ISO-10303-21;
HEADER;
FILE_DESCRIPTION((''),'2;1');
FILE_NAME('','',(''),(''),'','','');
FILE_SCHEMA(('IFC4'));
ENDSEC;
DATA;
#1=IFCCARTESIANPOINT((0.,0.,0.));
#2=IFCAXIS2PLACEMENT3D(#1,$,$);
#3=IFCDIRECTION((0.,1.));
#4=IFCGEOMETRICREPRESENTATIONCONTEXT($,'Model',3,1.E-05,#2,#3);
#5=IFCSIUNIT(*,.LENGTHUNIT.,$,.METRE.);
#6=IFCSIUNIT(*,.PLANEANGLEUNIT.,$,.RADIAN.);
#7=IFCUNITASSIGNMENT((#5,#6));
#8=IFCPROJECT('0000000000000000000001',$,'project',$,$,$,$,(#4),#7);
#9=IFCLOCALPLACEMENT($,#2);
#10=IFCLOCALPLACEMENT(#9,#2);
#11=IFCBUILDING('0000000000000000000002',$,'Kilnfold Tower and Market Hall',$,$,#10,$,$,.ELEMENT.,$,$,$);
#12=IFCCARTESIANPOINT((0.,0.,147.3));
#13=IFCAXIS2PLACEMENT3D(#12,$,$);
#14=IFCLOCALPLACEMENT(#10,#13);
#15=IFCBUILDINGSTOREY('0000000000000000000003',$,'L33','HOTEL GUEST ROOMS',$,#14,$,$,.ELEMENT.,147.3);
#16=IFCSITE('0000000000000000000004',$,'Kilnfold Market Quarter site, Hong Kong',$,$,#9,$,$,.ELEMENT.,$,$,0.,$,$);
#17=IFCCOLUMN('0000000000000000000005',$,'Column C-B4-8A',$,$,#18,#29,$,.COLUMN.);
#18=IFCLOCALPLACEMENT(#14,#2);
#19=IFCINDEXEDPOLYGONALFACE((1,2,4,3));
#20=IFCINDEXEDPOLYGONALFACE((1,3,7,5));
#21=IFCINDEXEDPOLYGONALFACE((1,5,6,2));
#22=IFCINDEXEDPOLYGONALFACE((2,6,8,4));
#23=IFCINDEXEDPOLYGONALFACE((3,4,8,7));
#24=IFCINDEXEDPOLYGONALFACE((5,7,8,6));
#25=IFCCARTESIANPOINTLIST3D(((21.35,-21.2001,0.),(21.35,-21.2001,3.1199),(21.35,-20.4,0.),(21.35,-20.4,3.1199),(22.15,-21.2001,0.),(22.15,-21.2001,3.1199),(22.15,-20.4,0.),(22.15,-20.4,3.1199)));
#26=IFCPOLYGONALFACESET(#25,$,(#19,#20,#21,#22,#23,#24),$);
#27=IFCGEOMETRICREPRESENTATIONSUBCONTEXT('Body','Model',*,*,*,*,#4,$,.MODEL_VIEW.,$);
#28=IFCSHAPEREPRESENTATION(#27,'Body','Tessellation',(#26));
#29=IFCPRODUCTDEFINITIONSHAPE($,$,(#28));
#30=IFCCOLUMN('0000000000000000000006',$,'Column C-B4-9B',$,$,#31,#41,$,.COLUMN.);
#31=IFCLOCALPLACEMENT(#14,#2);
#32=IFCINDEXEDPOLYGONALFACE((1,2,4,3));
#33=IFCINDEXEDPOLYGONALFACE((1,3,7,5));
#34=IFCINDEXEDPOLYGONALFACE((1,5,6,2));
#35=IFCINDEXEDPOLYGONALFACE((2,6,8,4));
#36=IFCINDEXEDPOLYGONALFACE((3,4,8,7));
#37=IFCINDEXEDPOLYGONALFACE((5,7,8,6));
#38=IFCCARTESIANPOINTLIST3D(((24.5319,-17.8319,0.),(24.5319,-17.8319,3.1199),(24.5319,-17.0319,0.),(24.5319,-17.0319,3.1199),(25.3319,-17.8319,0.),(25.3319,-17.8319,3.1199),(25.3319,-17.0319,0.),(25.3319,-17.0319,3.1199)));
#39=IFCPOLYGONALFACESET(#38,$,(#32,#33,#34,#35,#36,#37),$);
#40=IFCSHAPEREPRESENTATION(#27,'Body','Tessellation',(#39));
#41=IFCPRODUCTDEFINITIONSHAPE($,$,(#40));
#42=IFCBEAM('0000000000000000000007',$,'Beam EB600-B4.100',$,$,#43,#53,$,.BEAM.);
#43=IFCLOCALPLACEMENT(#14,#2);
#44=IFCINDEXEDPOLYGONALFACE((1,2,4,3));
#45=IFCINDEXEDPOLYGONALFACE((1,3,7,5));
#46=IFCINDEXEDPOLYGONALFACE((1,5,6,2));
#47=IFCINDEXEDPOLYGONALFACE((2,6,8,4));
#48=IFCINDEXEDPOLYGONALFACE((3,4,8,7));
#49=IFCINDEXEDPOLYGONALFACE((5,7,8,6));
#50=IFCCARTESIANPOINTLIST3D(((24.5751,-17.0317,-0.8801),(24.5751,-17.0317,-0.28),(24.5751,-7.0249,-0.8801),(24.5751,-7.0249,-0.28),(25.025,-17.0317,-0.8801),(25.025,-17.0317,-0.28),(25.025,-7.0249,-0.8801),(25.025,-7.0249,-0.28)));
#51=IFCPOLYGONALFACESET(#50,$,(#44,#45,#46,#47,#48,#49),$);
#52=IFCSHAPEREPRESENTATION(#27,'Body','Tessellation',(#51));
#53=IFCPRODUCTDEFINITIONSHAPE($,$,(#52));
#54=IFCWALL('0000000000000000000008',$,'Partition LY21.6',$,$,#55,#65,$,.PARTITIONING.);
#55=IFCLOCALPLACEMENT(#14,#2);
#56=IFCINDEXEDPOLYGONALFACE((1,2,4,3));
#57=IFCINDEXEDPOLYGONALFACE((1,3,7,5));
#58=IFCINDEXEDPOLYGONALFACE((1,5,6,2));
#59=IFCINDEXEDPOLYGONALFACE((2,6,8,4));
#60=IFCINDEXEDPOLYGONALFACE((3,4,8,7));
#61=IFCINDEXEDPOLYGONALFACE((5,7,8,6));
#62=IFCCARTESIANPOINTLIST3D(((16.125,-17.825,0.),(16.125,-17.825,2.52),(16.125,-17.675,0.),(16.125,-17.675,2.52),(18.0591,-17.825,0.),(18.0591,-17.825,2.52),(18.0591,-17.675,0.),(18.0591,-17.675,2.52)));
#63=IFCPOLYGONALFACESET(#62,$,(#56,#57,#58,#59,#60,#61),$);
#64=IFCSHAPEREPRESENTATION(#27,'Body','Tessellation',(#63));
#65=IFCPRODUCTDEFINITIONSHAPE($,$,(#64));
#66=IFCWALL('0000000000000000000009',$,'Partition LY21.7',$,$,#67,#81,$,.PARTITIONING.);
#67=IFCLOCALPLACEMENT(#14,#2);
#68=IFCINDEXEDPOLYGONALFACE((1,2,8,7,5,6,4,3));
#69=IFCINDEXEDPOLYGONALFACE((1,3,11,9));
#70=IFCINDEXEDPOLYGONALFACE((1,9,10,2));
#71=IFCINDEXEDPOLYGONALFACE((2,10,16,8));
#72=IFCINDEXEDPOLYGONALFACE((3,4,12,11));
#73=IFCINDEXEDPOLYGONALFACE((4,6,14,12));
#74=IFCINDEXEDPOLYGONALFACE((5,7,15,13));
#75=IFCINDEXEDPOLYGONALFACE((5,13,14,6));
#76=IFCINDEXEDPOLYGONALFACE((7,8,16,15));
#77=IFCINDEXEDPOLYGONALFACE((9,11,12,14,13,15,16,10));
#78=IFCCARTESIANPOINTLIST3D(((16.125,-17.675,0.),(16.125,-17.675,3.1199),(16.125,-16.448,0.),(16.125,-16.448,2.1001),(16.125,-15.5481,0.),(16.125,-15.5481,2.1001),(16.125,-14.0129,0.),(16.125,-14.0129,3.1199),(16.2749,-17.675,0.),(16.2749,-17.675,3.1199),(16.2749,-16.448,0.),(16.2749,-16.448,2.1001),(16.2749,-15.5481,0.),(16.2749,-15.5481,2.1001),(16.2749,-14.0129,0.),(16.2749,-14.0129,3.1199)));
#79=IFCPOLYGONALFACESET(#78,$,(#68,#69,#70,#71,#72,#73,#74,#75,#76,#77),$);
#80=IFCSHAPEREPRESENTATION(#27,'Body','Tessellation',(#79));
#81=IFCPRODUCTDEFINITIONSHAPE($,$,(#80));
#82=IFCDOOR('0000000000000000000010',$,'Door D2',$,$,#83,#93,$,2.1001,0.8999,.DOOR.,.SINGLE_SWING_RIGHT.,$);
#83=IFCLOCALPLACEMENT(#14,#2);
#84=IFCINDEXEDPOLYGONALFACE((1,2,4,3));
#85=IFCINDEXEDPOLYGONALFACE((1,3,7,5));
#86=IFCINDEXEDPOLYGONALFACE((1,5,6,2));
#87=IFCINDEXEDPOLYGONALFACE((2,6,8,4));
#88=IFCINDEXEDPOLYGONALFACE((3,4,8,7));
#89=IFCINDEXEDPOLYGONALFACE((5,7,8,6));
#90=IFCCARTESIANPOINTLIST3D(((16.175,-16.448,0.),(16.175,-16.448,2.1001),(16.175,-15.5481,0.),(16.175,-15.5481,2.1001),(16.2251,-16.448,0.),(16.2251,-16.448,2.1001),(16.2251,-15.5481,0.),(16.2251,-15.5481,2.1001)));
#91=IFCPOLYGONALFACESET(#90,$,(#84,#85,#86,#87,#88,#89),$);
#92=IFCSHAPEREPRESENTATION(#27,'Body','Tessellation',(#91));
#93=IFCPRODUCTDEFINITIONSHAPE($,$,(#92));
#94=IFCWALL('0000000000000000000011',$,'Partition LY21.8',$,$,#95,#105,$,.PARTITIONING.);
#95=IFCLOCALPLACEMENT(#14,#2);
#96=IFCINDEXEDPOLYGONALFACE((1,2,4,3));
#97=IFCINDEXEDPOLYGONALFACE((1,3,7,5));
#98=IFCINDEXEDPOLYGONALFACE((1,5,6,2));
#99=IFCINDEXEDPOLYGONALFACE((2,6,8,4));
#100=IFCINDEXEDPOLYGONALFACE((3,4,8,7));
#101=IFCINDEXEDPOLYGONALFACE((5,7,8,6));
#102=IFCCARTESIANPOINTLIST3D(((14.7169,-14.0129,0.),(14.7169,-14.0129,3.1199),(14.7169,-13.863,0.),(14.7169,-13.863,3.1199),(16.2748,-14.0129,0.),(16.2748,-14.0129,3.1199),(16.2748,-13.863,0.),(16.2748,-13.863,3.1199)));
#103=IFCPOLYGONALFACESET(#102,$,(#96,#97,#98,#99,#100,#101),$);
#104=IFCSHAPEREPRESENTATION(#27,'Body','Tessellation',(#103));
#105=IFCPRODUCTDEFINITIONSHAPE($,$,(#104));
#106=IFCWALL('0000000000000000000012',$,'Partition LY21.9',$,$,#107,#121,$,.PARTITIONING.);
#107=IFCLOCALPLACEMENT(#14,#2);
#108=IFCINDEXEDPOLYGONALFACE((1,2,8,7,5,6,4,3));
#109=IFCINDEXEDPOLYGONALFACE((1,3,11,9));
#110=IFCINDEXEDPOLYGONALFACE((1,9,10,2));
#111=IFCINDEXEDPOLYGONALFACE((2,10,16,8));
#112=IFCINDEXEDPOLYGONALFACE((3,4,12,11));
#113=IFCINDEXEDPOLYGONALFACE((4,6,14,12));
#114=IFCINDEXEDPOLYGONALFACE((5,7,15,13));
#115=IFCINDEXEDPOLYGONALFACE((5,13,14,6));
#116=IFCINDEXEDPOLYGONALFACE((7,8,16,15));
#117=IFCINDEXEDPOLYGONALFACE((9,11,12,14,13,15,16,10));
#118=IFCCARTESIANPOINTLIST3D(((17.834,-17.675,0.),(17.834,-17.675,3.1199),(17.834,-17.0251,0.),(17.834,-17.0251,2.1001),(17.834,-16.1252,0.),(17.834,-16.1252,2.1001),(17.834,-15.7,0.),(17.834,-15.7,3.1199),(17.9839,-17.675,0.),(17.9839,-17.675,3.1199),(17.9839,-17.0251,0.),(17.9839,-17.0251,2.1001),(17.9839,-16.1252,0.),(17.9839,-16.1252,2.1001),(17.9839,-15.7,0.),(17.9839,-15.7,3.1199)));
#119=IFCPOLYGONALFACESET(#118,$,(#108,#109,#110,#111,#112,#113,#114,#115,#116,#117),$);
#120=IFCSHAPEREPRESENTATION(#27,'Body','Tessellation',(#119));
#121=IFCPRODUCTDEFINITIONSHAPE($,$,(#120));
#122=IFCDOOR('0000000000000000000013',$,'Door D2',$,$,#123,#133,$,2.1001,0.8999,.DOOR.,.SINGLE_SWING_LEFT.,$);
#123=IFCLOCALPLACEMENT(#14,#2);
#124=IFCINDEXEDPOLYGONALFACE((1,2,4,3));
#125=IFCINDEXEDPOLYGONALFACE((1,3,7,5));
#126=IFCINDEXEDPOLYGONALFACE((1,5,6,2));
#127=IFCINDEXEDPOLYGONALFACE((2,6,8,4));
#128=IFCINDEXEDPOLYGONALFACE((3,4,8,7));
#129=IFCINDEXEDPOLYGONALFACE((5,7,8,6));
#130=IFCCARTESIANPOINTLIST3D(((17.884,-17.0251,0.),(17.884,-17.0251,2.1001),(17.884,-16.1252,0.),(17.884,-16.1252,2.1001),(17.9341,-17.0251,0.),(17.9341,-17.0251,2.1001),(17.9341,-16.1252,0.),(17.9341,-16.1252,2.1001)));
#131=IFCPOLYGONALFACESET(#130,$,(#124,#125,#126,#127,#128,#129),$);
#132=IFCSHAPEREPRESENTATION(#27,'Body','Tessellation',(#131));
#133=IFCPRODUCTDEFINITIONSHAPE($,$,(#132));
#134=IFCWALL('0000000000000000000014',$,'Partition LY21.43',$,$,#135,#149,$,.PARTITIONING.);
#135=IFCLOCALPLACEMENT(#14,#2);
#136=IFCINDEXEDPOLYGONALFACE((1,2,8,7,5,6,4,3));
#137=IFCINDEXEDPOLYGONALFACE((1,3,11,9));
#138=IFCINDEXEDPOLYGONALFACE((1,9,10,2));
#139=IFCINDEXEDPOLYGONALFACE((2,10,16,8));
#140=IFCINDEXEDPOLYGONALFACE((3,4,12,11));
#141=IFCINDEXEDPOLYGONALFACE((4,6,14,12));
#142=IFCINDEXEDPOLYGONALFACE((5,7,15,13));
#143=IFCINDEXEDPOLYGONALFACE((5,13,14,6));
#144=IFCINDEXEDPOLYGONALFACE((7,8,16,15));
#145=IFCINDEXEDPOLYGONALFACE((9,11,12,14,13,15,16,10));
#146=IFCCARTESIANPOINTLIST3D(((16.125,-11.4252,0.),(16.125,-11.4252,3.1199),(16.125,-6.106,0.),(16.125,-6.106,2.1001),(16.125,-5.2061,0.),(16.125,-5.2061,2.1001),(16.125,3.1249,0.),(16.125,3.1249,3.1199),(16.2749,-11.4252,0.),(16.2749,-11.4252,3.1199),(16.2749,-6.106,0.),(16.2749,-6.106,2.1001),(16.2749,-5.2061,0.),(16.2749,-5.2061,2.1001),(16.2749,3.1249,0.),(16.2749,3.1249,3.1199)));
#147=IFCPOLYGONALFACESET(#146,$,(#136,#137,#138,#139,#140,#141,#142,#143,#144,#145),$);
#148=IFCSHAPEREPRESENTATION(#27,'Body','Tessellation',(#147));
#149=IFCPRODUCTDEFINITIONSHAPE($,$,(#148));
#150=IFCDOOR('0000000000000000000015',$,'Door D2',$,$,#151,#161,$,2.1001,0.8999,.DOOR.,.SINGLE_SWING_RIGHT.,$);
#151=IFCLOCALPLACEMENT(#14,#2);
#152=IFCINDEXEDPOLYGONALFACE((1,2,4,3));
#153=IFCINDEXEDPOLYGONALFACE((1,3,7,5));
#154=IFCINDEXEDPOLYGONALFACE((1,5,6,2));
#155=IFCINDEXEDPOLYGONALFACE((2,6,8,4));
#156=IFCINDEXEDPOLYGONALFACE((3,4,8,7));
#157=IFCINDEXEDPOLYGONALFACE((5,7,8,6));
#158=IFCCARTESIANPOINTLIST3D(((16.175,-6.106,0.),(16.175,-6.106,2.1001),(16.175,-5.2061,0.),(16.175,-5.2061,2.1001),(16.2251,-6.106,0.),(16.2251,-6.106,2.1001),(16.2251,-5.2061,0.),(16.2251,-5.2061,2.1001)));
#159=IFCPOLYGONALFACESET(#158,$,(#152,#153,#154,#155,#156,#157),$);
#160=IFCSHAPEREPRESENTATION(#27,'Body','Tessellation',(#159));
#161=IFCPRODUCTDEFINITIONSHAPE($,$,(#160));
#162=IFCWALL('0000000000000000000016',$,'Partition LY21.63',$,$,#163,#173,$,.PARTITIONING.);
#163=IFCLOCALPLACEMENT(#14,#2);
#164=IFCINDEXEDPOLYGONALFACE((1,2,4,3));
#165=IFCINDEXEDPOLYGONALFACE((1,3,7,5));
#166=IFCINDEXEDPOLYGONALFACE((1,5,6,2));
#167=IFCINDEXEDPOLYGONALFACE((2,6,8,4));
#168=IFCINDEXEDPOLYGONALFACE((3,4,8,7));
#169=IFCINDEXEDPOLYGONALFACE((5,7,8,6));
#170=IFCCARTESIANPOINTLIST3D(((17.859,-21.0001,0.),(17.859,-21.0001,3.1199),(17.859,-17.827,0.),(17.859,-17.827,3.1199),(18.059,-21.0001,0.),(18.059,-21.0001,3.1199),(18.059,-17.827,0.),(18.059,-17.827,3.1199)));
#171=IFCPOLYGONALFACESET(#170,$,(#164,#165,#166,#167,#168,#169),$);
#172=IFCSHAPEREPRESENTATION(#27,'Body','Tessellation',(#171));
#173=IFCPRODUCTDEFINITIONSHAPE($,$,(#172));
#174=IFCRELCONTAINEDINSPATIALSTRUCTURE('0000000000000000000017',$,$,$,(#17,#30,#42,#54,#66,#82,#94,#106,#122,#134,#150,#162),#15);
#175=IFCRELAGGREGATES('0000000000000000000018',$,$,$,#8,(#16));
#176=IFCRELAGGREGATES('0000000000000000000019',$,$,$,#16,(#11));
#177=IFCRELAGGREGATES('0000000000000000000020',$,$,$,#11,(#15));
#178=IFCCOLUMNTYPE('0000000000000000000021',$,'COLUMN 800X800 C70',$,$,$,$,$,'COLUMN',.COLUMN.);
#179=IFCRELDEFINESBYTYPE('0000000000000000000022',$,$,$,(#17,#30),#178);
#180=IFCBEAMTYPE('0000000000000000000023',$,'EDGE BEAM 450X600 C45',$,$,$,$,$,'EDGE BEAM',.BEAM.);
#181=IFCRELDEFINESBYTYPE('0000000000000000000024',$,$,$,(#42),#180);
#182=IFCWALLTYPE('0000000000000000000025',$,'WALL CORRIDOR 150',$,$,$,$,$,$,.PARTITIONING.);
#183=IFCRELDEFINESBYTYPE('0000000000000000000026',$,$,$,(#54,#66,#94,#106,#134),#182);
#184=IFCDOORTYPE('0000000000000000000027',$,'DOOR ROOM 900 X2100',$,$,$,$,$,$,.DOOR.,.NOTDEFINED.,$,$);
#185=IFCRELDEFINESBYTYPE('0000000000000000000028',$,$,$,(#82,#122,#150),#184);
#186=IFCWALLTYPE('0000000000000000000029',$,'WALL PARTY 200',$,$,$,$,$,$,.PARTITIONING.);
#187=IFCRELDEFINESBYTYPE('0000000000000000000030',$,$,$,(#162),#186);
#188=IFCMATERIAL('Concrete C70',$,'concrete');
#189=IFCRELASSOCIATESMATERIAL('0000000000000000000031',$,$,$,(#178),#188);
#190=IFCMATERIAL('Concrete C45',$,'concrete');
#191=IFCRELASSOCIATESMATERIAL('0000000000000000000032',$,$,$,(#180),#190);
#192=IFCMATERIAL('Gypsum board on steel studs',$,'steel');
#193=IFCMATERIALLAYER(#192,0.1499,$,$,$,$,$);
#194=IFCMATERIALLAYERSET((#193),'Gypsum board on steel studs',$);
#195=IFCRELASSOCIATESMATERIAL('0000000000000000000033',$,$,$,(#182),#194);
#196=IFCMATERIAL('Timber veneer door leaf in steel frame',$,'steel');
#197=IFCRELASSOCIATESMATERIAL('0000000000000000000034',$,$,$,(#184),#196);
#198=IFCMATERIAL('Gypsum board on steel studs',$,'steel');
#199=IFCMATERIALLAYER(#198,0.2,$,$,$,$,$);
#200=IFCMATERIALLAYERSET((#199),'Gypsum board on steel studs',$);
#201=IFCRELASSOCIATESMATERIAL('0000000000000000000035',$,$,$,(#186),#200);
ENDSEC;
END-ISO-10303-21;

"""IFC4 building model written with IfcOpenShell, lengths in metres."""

from ifc_helpers import new_model, si_unit, direction, frame, frame_2d, origin, origin_2d, place, context, subcontext, project, spatial, rectangle, extrude, source, transform, mapped, material, layer, layer_set, material_profile, profile_set, type_object, element, fill, save


model = new_model("IFC4")

# Units and contexts
model_context = context("Model", 3, precision=1e-05, world=origin(), true_north=direction((0.0, 1.0)))
body_context = subcontext(model_context, "Body", "Model", "MODEL_VIEW")
ifc_project = project(units=[si_unit("LENGTHUNIT", "METRE"), si_unit("PLANEANGLEUNIT", "RADIAN")], contexts=[model_context])

# Site, building, storey
site_placement = place(None, origin())
site = spatial("IfcSite", under=ifc_project, at=site_placement, Name="Kilnfold Market Quarter site, Hong Kong", CompositionType="ELEMENT", RefElevation=0.0)
building_placement = place(site_placement, origin())
building = spatial("IfcBuilding", under=site, at=building_placement, Name="Kilnfold Tower and Market Hall", CompositionType="ELEMENT")
storey_placement = place(building_placement, frame((0.0, 0.0, 147.3)))
storey = spatial("IfcBuildingStorey", under=building, at=storey_placement, Name="L33", Description="HOTEL GUEST ROOMS", CompositionType="ELEMENT", Elevation=147.3)

# Columns
ifc_material_1 = material(Name="Concrete C70", Category="concrete")
ifc_material_profile_1 = material_profile(ifc_material_1, rectangle(XDim=0.8, YDim=0.8, at=origin_2d()), Name="RC 800x800")
ifc_profile_set_1 = profile_set([ifc_material_profile_1], Name="Concrete C70")
column_type = type_object("IfcColumnType", Name="COLUMN 800X800 C70", ElementType="COLUMN", PredefinedType="COLUMN", material=ifc_profile_set_1)
shared_shape_1 = source(origin(), body_context, "Body", "SweptSolid", [
    extrude(rectangle(XDim=0.8, YDim=0.8, at=origin_2d()), origin(), (0.0, 0.0, 1.0), 3.1199),
])
for number, where, z_axis, x_axis, name in (
    (1, (21.75, -20.8, 0.0), (0.0, 0.0, 1.0), (1.0, 0.0, 0.0), "Column C-B4-8A"),
    (2, (24.9319, -17.4319, 0.0), (0.0, 0.0, 1.0), (1.0, 0.0, 0.0), "Column C-B4-9B"),
):
    element("IfcColumn", number, at=place(storey_placement, frame(where, z_axis=z_axis, x_axis=x_axis)), inside=storey, type_object=column_type, Name=name, PredefinedType="COLUMN", context=body_context, shape_type="MappedRepresentation", body=[
        mapped(shared_shape_1, transform((0.0, 0.0, 0.0))),
    ])

# Beam
ifc_material_2 = material(Name="Concrete C45", Category="concrete")
ifc_material_profile_2 = material_profile(ifc_material_2, rectangle(XDim=0.45, YDim=0.6001, at=origin_2d()), Name="RC 450x600")
ifc_profile_set_2 = profile_set([ifc_material_profile_2], Name="Concrete C45")
beam_type = type_object("IfcBeamType", Name="EDGE BEAM 450X600 C45", ElementType="EDGE BEAM", PredefinedType="BEAM", material=ifc_profile_set_2)
shared_shape_2 = source(origin(), body_context, "Body", "SweptSolid", [
    extrude(rectangle(XDim=0.45, YDim=0.6001, at=origin_2d()), origin(), (0.0, 0.0, 1.0), 10.0068),
])
beam_placement = place(storey_placement, frame((24.8, -17.0317, -0.5801), z_axis=(0.0, 1.0, 0.0), x_axis=(-1.0, 0.0, 0.0)))
element("IfcBeam", 3, at=beam_placement, inside=storey, type_object=beam_type, Name="Beam EB600-B4.100", PredefinedType="BEAM", context=body_context, shape_type="MappedRepresentation", body=[
    mapped(shared_shape_2, transform((0.0, 0.0, 0.0))),
])

# Wall
ifc_material_3 = material(Name="Gypsum board on steel studs", Category="steel")
ifc_layer_1 = layer(ifc_material_3, 0.1499)
ifc_layer_set_1 = layer_set([ifc_layer_1], Name="Gypsum board on steel studs")
wall_type_1 = type_object("IfcWallType", Name="WALL CORRIDOR 150", PredefinedType="PARTITIONING", material=ifc_layer_set_1)
wall_1_placement = place(storey_placement, frame((16.125, -17.75, 0.0), z_axis=(0.0, 0.0, 1.0), x_axis=(1.0, 0.0, 0.0)))
element("IfcWall", 4, at=wall_1_placement, inside=storey, type_object=wall_type_1, Name="Partition LY21.6", PredefinedType="PARTITIONING", context=body_context, shape_type="SweptSolid", body=[
    extrude(rectangle(XDim=1.9341, YDim=0.1499, at=frame_2d((0.967, 0.0))), origin(), (0.0, 0.0, 1.0), 2.52),
])

# Wall, opening, door
wall_2_placement = place(storey_placement, frame((16.2, -17.675, 0.0), z_axis=(0.0, 0.0, 1.0), x_axis=(0.0, 1.0, 0.0)))
wall_2 = element("IfcWall", 5, at=wall_2_placement, inside=storey, type_object=wall_type_1, Name="Partition LY21.7", PredefinedType="PARTITIONING", context=body_context, shape_type="SweptSolid", body=[
    extrude(rectangle(XDim=3.6621, YDim=0.1499, at=frame_2d((1.8311, 0.0))), origin(), (0.0, 0.0, 1.0), 3.1199),
])
opening_1_placement = place(wall_2_placement, frame((1.2271, 0.0, 0.0)))
opening_1 = element("IfcOpeningElement", 6, at=opening_1_placement, cuts=wall_2, PredefinedType="OPENING", context=body_context, shape_type="SweptSolid", body=[
    extrude(rectangle(XDim=0.8999, YDim=2.1001, at=frame_2d((0.45, 1.05))), frame((0.0, 0.085, 0.0), z_axis=(0.0, -1.0, 0.0), x_axis=(1.0, 0.0, 0.0)), (0.0, 0.0, 1.0), 0.1699),
])
ifc_material_4 = material(Name="Timber veneer door leaf in steel frame", Category="steel")
door_type_1 = type_object("IfcDoorType", Name="DOOR ROOM 900 X2100", OperationType="NOTDEFINED", PredefinedType="DOOR", material=ifc_material_4)
door_1_placement = place(opening_1_placement, origin())
door_1 = element("IfcDoor", 7, at=door_1_placement, inside=storey, type_object=door_type_1, Name="Door D2", OperationType="SINGLE_SWING_RIGHT", OverallHeight=2.1001, OverallWidth=0.8999, PredefinedType="DOOR", context=body_context, shape_type="SweptSolid", body=[
    extrude(rectangle(XDim=0.8999, YDim=2.1001, at=frame_2d((0.45, 1.05))), frame((0.0, 0.0249, 0.0), z_axis=(0.0, -1.0, 0.0), x_axis=(1.0, 0.0, 0.0)), (0.0, 0.0, 1.0), 0.05),
])
fill(opening_1, door_1)

# Wall
wall_3_placement = place(storey_placement, frame((14.717, -13.938, 0.0), z_axis=(0.0, 0.0, 1.0), x_axis=(1.0, 0.0, 0.0)))
element("IfcWall", 8, at=wall_3_placement, inside=storey, type_object=wall_type_1, Name="Partition LY21.8", PredefinedType="PARTITIONING", context=body_context, shape_type="SweptSolid", body=[
    extrude(rectangle(XDim=1.5579, YDim=0.1499, at=frame_2d((0.7788, 0.0))), origin(), (0.0, 0.0, 1.0), 3.1199),
])

# Walls, openings, doors
wall_4_placement = place(storey_placement, frame((17.9089, -17.675, 0.0), z_axis=(0.0, 0.0, 1.0), x_axis=(0.0, 1.0, 0.0)))
wall_4 = element("IfcWall", 9, at=wall_4_placement, inside=storey, type_object=wall_type_1, Name="Partition LY21.9", PredefinedType="PARTITIONING", context=body_context, shape_type="SweptSolid", body=[
    extrude(rectangle(XDim=1.9751, YDim=0.1499, at=frame_2d((0.9875, 0.0))), origin(), (0.0, 0.0, 1.0), 3.1199),
])
opening_2_placement = place(wall_4_placement, frame((0.6499, 0.0, 0.0)))
opening_2 = element("IfcOpeningElement", 10, at=opening_2_placement, cuts=wall_4, PredefinedType="OPENING", context=body_context, shape_type="SweptSolid", body=[
    extrude(rectangle(XDim=0.8999, YDim=2.1001, at=frame_2d((0.45, 1.05))), frame((0.0, 0.085, 0.0), z_axis=(0.0, -1.0, 0.0), x_axis=(1.0, 0.0, 0.0)), (0.0, 0.0, 1.0), 0.1699),
])
door_2_placement = place(opening_2_placement, origin())
door_2 = element("IfcDoor", 11, at=door_2_placement, inside=storey, type_object=door_type_1, Name="Door D2", OperationType="SINGLE_SWING_LEFT", OverallHeight=2.1001, OverallWidth=0.8999, PredefinedType="DOOR", context=body_context, shape_type="SweptSolid", body=[
    extrude(rectangle(XDim=0.8999, YDim=2.1001, at=frame_2d((0.45, 1.05))), frame((0.0, 0.0249, 0.0), z_axis=(0.0, -1.0, 0.0), x_axis=(1.0, 0.0, 0.0)), (0.0, 0.0, 1.0), 0.05),
])
fill(opening_2, door_2)
wall_5_placement = place(storey_placement, frame((16.2, -11.425, 0.0), z_axis=(0.0, 0.0, 1.0), x_axis=(0.0, 1.0, 0.0)))
wall_5 = element("IfcWall", 12, at=wall_5_placement, inside=storey, type_object=wall_type_1, Name="Partition LY21.43", PredefinedType="PARTITIONING", context=body_context, shape_type="SweptSolid", body=[
    extrude(rectangle(XDim=14.55, YDim=0.1499, at=frame_2d((7.2749, 0.0))), origin(), (0.0, 0.0, 1.0), 3.1199),
])
opening_3_placement = place(wall_5_placement, frame((5.3191, 0.0, 0.0)))
opening_3 = element("IfcOpeningElement", 13, at=opening_3_placement, cuts=wall_5, PredefinedType="OPENING", context=body_context, shape_type="SweptSolid", body=[
    extrude(rectangle(XDim=0.8999, YDim=2.1001, at=frame_2d((0.45, 1.05))), frame((0.0, 0.085, 0.0), z_axis=(0.0, -1.0, 0.0), x_axis=(1.0, 0.0, 0.0)), (0.0, 0.0, 1.0), 0.1699),
])
door_3_placement = place(opening_3_placement, origin())
door_3 = element("IfcDoor", 14, at=door_3_placement, inside=storey, type_object=door_type_1, Name="Door D2", OperationType="SINGLE_SWING_RIGHT", OverallHeight=2.1001, OverallWidth=0.8999, PredefinedType="DOOR", context=body_context, shape_type="SweptSolid", body=[
    extrude(rectangle(XDim=0.8999, YDim=2.1001, at=frame_2d((0.45, 1.05))), frame((0.0, 0.0249, 0.0), z_axis=(0.0, -1.0, 0.0), x_axis=(1.0, 0.0, 0.0)), (0.0, 0.0, 1.0), 0.05),
])
fill(opening_3, door_3)

# Wall
ifc_material_5 = material(Name="Gypsum board on steel studs", Category="steel")
ifc_layer_2 = layer(ifc_material_5, 0.2)
ifc_layer_set_2 = layer_set([ifc_layer_2], Name="Gypsum board on steel studs")
wall_type_2 = type_object("IfcWallType", Name="WALL PARTY 200", PredefinedType="PARTITIONING", material=ifc_layer_set_2)
wall_6_placement = place(storey_placement, frame((17.959, -21.0, 0.0), z_axis=(0.0, 0.0, 1.0), x_axis=(0.0, 1.0, 0.0)))
element("IfcWall", 15, at=wall_6_placement, inside=storey, type_object=wall_type_2, Name="Partition LY21.63", PredefinedType="PARTITIONING", context=body_context, shape_type="SweptSolid", body=[
    extrude(rectangle(XDim=3.1731, YDim=0.2, at=frame_2d((1.5864, 0.0))), origin(), (0.0, 0.0, 1.0), 3.1199),
])

save(model, "model.ifc")
